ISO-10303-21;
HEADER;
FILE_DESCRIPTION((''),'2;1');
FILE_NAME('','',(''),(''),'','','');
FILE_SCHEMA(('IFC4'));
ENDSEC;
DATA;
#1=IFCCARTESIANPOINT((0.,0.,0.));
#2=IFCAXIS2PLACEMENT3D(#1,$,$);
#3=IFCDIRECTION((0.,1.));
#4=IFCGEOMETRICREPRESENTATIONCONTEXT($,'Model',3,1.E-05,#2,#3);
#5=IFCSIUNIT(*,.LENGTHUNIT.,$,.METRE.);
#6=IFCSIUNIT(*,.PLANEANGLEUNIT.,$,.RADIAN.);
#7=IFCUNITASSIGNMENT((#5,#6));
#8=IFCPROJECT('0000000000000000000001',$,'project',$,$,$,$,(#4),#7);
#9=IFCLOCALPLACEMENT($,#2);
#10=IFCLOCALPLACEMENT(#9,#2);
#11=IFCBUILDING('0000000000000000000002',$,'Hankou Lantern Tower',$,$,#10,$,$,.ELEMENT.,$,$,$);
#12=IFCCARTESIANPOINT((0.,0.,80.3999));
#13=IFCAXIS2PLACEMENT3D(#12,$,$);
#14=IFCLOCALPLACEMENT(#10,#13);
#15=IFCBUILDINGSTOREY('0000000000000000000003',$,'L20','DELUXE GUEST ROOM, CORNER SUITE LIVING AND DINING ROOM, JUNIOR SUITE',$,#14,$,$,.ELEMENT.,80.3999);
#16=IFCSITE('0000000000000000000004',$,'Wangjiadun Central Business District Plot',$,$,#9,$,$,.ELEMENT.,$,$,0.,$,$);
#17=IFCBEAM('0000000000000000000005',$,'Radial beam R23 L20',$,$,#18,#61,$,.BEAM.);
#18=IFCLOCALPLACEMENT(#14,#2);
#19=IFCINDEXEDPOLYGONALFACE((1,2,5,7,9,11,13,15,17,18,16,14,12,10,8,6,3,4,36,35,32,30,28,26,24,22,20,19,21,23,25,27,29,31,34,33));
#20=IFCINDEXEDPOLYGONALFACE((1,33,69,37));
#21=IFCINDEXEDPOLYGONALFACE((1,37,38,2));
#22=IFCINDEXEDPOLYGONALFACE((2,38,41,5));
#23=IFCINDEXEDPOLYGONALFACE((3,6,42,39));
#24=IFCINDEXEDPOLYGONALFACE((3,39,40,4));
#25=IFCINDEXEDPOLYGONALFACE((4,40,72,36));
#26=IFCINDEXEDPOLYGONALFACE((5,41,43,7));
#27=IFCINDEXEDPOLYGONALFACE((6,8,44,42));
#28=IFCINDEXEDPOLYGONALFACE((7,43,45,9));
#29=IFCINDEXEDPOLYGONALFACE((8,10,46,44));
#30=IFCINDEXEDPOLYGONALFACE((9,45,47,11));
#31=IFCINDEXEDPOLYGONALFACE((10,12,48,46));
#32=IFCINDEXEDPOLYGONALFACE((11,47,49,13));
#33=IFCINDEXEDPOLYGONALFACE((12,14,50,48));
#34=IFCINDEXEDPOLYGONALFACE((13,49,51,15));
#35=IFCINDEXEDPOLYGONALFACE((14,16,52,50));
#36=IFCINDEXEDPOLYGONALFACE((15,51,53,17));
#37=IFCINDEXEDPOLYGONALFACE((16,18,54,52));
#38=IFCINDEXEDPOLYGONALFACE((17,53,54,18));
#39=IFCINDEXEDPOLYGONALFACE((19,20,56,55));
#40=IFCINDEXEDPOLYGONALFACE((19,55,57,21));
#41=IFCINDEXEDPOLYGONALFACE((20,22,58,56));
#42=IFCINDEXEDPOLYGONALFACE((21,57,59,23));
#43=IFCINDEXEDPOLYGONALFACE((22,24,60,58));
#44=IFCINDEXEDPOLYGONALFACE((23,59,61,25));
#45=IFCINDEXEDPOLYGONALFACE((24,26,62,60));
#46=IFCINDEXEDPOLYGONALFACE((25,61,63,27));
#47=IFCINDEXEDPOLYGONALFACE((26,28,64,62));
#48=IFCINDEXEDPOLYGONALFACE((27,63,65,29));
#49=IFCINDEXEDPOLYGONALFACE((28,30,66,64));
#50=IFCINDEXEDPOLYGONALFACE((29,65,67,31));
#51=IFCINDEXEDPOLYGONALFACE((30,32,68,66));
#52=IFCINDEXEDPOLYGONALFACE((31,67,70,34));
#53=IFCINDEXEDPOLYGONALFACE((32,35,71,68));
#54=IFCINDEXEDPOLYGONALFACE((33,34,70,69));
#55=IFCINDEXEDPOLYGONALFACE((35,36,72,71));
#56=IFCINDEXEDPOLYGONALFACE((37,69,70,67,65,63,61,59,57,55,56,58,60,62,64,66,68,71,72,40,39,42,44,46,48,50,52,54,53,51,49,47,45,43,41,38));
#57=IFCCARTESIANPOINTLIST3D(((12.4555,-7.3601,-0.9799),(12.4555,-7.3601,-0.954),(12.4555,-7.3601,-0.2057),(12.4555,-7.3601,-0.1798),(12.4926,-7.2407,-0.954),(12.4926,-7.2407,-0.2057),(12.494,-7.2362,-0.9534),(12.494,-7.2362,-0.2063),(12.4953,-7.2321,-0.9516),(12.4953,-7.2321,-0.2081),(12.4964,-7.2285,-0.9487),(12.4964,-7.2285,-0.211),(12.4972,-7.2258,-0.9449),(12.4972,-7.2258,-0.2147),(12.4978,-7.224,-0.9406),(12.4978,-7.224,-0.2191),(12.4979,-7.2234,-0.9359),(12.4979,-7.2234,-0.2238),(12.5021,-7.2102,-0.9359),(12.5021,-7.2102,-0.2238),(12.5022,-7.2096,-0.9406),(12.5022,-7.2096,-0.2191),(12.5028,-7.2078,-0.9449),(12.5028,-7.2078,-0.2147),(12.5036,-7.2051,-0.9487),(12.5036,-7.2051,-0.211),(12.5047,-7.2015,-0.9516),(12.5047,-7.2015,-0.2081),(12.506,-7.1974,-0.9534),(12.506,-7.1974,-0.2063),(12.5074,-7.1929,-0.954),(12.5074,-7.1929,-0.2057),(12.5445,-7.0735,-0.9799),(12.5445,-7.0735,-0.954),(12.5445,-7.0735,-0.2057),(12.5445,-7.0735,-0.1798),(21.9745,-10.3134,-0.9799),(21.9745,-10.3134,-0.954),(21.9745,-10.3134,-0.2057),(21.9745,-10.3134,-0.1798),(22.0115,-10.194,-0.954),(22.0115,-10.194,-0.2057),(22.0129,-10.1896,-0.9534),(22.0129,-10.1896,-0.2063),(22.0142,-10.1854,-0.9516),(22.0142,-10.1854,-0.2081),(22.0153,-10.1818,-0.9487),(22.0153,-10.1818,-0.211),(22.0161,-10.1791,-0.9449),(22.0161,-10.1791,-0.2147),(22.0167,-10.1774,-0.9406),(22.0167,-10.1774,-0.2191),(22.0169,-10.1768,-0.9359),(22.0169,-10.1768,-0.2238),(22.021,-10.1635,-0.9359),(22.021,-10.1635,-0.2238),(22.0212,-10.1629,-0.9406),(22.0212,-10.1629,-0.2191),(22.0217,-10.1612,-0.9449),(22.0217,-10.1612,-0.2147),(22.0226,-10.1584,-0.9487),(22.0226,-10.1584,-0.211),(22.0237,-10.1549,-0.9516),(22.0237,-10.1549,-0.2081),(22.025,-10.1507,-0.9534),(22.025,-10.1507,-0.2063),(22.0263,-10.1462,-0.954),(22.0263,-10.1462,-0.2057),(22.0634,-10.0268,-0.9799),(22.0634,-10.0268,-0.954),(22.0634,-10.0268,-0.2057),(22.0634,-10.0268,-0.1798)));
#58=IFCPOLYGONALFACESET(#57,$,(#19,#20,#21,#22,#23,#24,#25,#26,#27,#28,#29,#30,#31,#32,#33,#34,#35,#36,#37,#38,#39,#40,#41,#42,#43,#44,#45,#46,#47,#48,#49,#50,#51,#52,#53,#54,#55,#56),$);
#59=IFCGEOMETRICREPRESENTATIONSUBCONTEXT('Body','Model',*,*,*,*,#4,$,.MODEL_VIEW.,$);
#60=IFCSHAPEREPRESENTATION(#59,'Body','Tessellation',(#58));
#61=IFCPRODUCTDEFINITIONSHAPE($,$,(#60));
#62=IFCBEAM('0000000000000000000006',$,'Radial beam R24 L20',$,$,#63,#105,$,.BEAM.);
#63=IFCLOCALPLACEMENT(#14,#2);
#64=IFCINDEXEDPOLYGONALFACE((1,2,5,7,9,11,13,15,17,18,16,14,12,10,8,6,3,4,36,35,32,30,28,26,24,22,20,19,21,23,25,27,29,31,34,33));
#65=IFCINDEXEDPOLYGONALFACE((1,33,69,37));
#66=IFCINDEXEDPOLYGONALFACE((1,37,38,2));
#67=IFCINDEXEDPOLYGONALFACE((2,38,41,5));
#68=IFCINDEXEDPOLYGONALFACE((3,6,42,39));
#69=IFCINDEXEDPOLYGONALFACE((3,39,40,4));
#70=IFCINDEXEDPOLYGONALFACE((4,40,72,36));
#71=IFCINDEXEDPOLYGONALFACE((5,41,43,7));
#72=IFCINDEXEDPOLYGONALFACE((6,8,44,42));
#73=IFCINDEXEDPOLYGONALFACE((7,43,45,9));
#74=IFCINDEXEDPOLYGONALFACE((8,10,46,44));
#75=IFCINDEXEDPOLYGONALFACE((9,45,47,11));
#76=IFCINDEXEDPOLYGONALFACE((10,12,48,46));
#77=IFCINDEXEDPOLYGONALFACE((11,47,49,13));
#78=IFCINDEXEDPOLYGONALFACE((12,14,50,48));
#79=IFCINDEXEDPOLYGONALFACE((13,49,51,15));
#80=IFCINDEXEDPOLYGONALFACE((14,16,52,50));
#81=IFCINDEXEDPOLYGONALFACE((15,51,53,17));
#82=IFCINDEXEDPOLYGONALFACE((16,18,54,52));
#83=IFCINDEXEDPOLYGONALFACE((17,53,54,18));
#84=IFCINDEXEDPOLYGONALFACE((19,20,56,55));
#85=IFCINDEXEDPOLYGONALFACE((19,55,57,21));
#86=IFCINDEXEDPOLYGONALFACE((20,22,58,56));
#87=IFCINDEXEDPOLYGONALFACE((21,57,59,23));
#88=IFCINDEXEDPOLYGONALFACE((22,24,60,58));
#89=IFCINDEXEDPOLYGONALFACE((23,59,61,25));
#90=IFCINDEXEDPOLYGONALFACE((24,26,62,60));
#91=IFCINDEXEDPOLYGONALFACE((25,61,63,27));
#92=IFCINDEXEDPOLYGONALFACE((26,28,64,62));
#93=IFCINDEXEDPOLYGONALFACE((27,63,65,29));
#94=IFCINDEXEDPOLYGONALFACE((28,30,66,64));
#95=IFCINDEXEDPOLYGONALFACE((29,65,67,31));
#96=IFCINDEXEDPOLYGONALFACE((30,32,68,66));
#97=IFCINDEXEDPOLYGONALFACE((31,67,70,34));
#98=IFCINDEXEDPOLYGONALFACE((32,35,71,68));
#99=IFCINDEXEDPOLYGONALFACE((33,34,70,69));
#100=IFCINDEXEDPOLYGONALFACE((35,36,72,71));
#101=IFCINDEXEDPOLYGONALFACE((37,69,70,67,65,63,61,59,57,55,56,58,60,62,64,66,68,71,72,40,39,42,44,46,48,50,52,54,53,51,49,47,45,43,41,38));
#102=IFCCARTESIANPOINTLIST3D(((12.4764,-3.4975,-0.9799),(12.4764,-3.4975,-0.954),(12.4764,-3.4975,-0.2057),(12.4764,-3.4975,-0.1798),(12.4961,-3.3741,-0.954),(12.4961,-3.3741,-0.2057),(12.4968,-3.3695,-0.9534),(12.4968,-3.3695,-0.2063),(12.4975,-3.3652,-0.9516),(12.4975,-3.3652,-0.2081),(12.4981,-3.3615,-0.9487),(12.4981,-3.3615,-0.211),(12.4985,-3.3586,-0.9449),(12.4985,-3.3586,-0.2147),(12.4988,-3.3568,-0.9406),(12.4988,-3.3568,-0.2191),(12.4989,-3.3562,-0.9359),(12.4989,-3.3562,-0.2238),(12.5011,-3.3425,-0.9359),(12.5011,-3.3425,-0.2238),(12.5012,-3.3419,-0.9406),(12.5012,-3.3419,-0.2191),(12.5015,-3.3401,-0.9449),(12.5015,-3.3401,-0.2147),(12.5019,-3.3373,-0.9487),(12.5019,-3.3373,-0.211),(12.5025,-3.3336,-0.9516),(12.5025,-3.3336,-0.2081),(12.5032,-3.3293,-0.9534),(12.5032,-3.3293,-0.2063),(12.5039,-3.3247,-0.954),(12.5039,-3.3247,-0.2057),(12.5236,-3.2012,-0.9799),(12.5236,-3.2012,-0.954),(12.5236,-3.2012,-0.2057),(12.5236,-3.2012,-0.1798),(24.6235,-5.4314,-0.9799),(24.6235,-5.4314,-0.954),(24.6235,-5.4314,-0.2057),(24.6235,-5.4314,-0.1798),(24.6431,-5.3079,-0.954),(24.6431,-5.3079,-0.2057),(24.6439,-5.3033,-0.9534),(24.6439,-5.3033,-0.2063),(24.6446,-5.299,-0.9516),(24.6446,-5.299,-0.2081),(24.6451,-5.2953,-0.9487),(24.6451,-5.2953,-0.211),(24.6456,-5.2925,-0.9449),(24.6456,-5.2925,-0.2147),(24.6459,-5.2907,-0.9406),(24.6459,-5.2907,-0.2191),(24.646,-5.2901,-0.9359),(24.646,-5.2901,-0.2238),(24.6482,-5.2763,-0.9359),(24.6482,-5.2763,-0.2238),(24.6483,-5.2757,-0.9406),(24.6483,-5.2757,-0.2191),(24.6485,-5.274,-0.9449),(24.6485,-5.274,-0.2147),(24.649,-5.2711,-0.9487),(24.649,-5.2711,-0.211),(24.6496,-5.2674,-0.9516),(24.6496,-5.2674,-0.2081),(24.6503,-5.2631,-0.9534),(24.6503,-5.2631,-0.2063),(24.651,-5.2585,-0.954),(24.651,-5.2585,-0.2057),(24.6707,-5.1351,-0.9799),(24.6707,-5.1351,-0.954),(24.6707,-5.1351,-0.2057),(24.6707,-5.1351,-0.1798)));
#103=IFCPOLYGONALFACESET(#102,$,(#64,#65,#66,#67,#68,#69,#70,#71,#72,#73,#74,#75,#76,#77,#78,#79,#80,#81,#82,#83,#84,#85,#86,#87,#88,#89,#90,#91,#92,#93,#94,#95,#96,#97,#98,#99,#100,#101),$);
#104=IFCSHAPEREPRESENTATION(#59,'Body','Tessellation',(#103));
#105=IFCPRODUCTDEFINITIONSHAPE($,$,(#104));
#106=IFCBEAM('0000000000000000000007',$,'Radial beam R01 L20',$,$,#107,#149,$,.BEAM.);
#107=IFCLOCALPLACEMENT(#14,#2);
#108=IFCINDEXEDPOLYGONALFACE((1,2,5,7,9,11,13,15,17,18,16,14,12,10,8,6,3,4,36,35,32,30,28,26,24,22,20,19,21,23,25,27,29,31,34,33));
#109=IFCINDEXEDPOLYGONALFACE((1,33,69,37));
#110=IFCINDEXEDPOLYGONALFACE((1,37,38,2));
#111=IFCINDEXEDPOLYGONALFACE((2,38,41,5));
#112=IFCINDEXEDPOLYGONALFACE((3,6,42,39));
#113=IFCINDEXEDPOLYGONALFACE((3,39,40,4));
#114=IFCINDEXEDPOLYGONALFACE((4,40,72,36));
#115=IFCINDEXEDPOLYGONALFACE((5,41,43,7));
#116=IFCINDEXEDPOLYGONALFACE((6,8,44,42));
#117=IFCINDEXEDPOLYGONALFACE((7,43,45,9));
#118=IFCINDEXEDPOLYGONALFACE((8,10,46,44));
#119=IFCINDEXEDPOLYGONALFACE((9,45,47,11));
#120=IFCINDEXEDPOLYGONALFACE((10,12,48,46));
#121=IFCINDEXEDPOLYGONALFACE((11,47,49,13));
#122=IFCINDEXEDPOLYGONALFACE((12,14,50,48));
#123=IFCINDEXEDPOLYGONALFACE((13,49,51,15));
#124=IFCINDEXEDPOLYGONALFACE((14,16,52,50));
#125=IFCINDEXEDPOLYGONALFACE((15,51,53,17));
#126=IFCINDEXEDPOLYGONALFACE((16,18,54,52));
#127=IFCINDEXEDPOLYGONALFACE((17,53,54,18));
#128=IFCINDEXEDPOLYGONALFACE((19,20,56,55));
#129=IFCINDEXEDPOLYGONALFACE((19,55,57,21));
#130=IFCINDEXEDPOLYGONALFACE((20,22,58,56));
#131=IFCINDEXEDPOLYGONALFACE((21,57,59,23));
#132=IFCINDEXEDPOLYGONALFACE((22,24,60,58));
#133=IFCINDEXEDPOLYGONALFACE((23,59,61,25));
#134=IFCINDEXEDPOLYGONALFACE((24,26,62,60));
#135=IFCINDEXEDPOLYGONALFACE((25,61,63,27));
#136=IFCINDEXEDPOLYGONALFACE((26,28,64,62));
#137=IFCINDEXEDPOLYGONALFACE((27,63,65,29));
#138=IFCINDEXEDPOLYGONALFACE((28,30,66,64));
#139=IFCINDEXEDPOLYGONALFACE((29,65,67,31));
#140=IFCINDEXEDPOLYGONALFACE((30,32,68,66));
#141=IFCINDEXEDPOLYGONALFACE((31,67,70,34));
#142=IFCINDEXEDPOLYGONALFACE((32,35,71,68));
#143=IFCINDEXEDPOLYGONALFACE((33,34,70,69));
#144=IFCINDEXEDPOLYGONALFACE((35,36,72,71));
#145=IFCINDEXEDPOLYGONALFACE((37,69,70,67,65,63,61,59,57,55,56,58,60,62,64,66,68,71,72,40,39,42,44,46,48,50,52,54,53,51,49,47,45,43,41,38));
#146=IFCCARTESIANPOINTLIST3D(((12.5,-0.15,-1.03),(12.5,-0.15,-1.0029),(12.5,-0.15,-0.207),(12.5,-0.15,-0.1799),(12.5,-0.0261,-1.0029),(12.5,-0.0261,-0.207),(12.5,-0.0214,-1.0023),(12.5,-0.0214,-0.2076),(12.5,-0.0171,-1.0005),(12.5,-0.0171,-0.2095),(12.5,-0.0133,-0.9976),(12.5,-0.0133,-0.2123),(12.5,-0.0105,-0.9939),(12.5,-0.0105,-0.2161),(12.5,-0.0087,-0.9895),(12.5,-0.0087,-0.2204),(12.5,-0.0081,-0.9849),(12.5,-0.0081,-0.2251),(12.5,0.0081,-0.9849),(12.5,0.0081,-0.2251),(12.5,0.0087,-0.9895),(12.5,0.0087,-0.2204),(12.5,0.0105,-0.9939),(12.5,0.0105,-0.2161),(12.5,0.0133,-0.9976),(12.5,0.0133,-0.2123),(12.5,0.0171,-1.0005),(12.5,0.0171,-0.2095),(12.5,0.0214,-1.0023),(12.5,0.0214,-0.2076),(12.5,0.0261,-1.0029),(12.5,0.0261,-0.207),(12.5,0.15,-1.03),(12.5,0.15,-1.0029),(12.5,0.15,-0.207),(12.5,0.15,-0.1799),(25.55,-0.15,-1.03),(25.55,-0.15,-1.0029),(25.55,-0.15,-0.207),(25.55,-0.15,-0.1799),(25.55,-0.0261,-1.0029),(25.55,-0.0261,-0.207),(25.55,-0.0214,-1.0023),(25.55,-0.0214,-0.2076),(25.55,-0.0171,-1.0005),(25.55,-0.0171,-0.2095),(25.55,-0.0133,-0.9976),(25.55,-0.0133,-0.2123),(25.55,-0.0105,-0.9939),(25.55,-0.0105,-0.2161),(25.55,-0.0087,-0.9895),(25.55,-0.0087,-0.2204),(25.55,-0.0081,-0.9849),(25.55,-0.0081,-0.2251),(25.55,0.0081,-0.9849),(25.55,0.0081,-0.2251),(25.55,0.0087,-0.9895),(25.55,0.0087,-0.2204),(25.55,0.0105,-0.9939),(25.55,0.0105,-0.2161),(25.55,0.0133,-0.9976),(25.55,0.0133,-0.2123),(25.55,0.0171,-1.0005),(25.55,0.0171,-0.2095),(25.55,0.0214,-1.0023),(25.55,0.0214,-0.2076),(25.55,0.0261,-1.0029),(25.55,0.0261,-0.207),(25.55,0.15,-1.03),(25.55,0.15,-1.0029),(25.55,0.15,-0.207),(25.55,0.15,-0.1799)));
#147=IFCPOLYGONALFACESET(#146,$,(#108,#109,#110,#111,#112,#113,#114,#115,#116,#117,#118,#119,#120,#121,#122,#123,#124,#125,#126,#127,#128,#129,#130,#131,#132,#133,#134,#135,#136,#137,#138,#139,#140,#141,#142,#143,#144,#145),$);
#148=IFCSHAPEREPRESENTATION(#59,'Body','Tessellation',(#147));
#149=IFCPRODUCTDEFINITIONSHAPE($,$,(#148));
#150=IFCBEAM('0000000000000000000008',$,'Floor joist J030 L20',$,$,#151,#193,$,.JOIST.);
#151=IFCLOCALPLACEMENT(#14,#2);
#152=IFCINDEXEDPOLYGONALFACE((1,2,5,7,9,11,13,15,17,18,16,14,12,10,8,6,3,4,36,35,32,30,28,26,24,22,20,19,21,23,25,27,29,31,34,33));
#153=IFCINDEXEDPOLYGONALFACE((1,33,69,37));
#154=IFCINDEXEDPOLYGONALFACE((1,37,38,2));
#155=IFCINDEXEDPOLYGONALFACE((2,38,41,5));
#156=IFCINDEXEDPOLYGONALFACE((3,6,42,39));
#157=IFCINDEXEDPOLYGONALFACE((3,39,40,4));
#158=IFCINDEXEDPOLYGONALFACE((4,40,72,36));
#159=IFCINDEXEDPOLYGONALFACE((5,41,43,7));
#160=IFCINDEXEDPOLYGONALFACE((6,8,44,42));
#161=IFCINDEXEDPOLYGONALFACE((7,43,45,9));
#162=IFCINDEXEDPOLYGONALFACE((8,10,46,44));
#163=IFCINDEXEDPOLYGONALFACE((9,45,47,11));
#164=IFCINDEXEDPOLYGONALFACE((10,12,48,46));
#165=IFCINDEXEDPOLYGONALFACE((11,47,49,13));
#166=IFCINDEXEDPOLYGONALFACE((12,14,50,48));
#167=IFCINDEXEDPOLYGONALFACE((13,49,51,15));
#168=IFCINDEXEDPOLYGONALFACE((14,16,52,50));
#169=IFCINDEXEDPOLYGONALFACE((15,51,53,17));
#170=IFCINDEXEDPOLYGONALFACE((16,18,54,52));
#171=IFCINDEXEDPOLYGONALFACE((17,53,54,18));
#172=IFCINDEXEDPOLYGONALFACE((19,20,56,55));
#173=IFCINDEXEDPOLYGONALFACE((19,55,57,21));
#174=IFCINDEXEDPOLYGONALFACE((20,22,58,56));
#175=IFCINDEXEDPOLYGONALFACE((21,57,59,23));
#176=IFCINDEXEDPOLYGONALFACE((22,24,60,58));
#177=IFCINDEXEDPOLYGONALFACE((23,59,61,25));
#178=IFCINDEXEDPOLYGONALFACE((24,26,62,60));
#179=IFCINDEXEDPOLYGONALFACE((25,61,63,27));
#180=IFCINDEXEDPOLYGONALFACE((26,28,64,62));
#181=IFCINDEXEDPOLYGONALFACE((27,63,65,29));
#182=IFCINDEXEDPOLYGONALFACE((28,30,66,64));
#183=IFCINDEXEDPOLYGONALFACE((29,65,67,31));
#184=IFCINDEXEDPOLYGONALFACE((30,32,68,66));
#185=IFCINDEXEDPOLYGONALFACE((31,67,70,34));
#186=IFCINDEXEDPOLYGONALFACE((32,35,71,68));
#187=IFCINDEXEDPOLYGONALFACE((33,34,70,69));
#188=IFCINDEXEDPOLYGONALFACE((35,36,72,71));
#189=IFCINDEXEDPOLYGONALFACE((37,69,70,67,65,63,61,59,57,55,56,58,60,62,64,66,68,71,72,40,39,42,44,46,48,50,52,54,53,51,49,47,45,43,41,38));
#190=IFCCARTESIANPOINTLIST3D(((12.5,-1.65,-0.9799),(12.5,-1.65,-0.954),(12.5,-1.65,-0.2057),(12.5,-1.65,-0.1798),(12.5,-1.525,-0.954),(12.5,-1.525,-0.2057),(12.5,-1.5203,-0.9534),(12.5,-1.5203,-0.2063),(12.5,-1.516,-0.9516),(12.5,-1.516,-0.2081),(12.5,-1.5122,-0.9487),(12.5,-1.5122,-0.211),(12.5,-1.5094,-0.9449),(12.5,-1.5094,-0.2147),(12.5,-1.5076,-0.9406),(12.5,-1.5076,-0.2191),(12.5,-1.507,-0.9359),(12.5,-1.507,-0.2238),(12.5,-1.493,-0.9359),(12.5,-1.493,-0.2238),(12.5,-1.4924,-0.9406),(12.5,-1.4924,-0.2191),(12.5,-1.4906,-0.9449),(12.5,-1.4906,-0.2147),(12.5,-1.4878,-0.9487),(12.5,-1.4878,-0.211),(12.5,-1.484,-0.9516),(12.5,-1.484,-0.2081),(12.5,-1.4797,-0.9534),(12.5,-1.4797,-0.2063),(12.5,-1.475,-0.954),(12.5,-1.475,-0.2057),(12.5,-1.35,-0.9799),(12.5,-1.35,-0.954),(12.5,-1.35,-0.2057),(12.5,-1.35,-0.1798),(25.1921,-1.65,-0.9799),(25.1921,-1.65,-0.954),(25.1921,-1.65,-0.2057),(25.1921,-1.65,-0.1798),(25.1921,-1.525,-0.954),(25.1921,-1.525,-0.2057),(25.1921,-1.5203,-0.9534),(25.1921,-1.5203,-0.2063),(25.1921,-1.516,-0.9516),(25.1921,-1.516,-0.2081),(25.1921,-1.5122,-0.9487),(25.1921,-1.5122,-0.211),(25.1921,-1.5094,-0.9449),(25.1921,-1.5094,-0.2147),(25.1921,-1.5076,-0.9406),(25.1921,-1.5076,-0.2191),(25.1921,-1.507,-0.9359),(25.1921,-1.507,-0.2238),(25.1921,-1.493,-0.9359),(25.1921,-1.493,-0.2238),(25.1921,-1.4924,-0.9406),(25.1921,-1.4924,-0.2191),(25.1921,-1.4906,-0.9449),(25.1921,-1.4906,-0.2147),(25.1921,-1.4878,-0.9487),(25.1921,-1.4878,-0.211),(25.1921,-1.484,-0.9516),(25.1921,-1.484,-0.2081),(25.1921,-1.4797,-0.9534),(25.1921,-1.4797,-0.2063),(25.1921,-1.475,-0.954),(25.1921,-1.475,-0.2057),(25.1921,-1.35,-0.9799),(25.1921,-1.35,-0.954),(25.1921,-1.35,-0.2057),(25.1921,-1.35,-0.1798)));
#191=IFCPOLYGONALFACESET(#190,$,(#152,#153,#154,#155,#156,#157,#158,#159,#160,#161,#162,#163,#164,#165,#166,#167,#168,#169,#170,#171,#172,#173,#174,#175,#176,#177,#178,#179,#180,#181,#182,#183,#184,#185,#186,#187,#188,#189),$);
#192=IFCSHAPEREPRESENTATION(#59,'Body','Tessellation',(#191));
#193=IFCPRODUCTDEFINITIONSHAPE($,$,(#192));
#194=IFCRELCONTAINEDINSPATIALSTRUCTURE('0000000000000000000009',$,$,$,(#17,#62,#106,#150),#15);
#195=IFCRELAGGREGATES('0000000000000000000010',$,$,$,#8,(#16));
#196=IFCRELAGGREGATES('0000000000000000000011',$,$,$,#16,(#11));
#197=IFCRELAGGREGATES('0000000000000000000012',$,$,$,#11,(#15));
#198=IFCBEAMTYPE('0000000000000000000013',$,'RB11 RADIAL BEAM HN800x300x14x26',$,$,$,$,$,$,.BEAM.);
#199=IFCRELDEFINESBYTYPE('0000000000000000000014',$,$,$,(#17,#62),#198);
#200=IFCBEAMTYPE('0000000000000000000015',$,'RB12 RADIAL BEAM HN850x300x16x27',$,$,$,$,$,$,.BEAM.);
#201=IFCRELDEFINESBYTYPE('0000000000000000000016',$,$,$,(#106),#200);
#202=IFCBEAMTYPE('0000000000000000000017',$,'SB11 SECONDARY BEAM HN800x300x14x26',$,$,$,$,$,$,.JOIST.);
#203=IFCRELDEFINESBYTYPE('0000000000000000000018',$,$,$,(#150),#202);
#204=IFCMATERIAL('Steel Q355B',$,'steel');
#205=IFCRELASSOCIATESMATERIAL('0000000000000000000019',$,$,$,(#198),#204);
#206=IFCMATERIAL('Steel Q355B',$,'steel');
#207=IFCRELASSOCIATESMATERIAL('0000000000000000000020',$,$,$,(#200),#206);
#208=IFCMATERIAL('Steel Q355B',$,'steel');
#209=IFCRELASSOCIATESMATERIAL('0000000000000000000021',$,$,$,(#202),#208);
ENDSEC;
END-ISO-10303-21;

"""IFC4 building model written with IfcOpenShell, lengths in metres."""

from ifc_helpers import new_model, si_unit, direction, frame, origin, origin_2d, place, context, subcontext, project, spatial, i_section, extrude, material, material_profile, profile_set, type_object, element, save


model = new_model("IFC4")

# Units and contexts
model_context = context("Model", 3, precision=1e-05, world=origin(), true_north=direction((0.0, 1.0)))
body_context = subcontext(model_context, "Body", "Model", "MODEL_VIEW")
ifc_project = project(units=[si_unit("LENGTHUNIT", "METRE"), si_unit("PLANEANGLEUNIT", "RADIAN")], contexts=[model_context])

# Site, building, storey
site_placement = place(None, origin())
site = spatial("IfcSite", under=ifc_project, at=site_placement, Name="Wangjiadun Central Business District Plot", CompositionType="ELEMENT", RefElevation=0.0)
building_placement = place(site_placement, origin())
building = spatial("IfcBuilding", under=site, at=building_placement, Name="Hankou Lantern Tower", CompositionType="ELEMENT")
storey_placement = place(building_placement, frame((0.0, 0.0, 80.3999)))
storey = spatial("IfcBuildingStorey", under=building, at=storey_placement, Name="L20", Description="DELUXE GUEST ROOM, CORNER SUITE LIVING AND DINING ROOM, JUNIOR SUITE", CompositionType="ELEMENT", Elevation=80.3999)

# Beams
ifc_material_1 = material(Name="Steel Q355B", Category="steel")
ifc_material_profile_1 = material_profile(ifc_material_1, i_section(OverallWidth=0.3, OverallDepth=0.8, WebThickness=0.0139, FlangeThickness=0.0259, FilletRadius=0.0181, at=origin_2d()), Name="HN800x300x14x26")
ifc_profile_set_1 = profile_set([ifc_material_profile_1], Name="Steel Q355B")
beam_type_1 = type_object("IfcBeamType", Name="RB11 RADIAL BEAM HN800x300x14x26", PredefinedType="BEAM", material=ifc_profile_set_1)
beam_1_placement = place(storey_placement, frame((12.5, -7.2168, -0.5798), z_axis=(0.955087, -0.296324, 0.0), x_axis=(0.296324, 0.955087, 0.0)))
element("IfcBeam", 1, at=beam_1_placement, inside=storey, type_object=beam_type_1, Name="Radial beam R23 L20", PredefinedType="BEAM", context=body_context, shape_type="SweptSolid", body=[
    extrude(i_section(OverallWidth=0.3, OverallDepth=0.8, WebThickness=0.0139, FlangeThickness=0.0259, FilletRadius=0.0181, at=origin_2d()), origin(), (0.0, 0.0, 1.0), 9.9666),
])
beam_2_placement = place(storey_placement, frame((12.5, -3.3494, -0.5798), z_axis=(0.987563, -0.157223, 0.0), x_axis=(0.157223, 0.987563, 0.0)))
element("IfcBeam", 2, at=beam_2_placement, inside=storey, type_object=beam_type_1, Name="Radial beam R24 L20", PredefinedType="BEAM", context=body_context, shape_type="SweptSolid", body=[
    extrude(i_section(OverallWidth=0.3, OverallDepth=0.8, WebThickness=0.0139, FlangeThickness=0.0259, FilletRadius=0.0181, at=origin_2d()), origin(), (0.0, 0.0, 1.0), 12.3),
])
ifc_material_2 = material(Name="Steel Q355B", Category="steel")
ifc_material_profile_2 = material_profile(ifc_material_2, i_section(OverallWidth=0.3, OverallDepth=0.8501, WebThickness=0.0161, FlangeThickness=0.0271, FilletRadius=0.0181, at=origin_2d()), Name="HN850x300x16x27")
ifc_profile_set_2 = profile_set([ifc_material_profile_2], Name="Steel Q355B")
beam_type_2 = type_object("IfcBeamType", Name="RB12 RADIAL BEAM HN850x300x16x27", PredefinedType="BEAM", material=ifc_profile_set_2)
beam_3_placement = place(storey_placement, frame((12.5, 0.0, -0.605), z_axis=(1.0, 0.0, 0.0), x_axis=(0.0, 1.0, 0.0)))
element("IfcBeam", 3, at=beam_3_placement, inside=storey, type_object=beam_type_2, Name="Radial beam R01 L20", PredefinedType="BEAM", context=body_context, shape_type="SweptSolid", body=[
    extrude(i_section(OverallWidth=0.3, OverallDepth=0.8501, WebThickness=0.0161, FlangeThickness=0.0271, FilletRadius=0.0181, at=origin_2d()), origin(), (0.0, 0.0, 1.0), 13.05),
])
ifc_material_3 = material(Name="Steel Q355B", Category="steel")
ifc_material_profile_3 = material_profile(ifc_material_3, i_section(OverallWidth=0.3, OverallDepth=0.8, WebThickness=0.0139, FlangeThickness=0.0259, FilletRadius=0.0181, at=origin_2d()), Name="HN800x300x14x26")
ifc_profile_set_3 = profile_set([ifc_material_profile_3], Name="Steel Q355B")
beam_type_3 = type_object("IfcBeamType", Name="SB11 SECONDARY BEAM HN800x300x14x26", PredefinedType="JOIST", material=ifc_profile_set_3)
beam_4_placement = place(storey_placement, frame((12.5, -1.5, -0.5798), z_axis=(1.0, 0.0, 0.0), x_axis=(0.0, 1.0, 0.0)))
element("IfcBeam", 4, at=beam_4_placement, inside=storey, type_object=beam_type_3, Name="Floor joist J030 L20", PredefinedType="JOIST", context=body_context, shape_type="SweptSolid", body=[
    extrude(i_section(OverallWidth=0.3, OverallDepth=0.8, WebThickness=0.0139, FlangeThickness=0.0259, FilletRadius=0.0181, at=origin_2d()), origin(), (0.0, 0.0, 1.0), 12.6921),
])

save(model, "model.ifc")
